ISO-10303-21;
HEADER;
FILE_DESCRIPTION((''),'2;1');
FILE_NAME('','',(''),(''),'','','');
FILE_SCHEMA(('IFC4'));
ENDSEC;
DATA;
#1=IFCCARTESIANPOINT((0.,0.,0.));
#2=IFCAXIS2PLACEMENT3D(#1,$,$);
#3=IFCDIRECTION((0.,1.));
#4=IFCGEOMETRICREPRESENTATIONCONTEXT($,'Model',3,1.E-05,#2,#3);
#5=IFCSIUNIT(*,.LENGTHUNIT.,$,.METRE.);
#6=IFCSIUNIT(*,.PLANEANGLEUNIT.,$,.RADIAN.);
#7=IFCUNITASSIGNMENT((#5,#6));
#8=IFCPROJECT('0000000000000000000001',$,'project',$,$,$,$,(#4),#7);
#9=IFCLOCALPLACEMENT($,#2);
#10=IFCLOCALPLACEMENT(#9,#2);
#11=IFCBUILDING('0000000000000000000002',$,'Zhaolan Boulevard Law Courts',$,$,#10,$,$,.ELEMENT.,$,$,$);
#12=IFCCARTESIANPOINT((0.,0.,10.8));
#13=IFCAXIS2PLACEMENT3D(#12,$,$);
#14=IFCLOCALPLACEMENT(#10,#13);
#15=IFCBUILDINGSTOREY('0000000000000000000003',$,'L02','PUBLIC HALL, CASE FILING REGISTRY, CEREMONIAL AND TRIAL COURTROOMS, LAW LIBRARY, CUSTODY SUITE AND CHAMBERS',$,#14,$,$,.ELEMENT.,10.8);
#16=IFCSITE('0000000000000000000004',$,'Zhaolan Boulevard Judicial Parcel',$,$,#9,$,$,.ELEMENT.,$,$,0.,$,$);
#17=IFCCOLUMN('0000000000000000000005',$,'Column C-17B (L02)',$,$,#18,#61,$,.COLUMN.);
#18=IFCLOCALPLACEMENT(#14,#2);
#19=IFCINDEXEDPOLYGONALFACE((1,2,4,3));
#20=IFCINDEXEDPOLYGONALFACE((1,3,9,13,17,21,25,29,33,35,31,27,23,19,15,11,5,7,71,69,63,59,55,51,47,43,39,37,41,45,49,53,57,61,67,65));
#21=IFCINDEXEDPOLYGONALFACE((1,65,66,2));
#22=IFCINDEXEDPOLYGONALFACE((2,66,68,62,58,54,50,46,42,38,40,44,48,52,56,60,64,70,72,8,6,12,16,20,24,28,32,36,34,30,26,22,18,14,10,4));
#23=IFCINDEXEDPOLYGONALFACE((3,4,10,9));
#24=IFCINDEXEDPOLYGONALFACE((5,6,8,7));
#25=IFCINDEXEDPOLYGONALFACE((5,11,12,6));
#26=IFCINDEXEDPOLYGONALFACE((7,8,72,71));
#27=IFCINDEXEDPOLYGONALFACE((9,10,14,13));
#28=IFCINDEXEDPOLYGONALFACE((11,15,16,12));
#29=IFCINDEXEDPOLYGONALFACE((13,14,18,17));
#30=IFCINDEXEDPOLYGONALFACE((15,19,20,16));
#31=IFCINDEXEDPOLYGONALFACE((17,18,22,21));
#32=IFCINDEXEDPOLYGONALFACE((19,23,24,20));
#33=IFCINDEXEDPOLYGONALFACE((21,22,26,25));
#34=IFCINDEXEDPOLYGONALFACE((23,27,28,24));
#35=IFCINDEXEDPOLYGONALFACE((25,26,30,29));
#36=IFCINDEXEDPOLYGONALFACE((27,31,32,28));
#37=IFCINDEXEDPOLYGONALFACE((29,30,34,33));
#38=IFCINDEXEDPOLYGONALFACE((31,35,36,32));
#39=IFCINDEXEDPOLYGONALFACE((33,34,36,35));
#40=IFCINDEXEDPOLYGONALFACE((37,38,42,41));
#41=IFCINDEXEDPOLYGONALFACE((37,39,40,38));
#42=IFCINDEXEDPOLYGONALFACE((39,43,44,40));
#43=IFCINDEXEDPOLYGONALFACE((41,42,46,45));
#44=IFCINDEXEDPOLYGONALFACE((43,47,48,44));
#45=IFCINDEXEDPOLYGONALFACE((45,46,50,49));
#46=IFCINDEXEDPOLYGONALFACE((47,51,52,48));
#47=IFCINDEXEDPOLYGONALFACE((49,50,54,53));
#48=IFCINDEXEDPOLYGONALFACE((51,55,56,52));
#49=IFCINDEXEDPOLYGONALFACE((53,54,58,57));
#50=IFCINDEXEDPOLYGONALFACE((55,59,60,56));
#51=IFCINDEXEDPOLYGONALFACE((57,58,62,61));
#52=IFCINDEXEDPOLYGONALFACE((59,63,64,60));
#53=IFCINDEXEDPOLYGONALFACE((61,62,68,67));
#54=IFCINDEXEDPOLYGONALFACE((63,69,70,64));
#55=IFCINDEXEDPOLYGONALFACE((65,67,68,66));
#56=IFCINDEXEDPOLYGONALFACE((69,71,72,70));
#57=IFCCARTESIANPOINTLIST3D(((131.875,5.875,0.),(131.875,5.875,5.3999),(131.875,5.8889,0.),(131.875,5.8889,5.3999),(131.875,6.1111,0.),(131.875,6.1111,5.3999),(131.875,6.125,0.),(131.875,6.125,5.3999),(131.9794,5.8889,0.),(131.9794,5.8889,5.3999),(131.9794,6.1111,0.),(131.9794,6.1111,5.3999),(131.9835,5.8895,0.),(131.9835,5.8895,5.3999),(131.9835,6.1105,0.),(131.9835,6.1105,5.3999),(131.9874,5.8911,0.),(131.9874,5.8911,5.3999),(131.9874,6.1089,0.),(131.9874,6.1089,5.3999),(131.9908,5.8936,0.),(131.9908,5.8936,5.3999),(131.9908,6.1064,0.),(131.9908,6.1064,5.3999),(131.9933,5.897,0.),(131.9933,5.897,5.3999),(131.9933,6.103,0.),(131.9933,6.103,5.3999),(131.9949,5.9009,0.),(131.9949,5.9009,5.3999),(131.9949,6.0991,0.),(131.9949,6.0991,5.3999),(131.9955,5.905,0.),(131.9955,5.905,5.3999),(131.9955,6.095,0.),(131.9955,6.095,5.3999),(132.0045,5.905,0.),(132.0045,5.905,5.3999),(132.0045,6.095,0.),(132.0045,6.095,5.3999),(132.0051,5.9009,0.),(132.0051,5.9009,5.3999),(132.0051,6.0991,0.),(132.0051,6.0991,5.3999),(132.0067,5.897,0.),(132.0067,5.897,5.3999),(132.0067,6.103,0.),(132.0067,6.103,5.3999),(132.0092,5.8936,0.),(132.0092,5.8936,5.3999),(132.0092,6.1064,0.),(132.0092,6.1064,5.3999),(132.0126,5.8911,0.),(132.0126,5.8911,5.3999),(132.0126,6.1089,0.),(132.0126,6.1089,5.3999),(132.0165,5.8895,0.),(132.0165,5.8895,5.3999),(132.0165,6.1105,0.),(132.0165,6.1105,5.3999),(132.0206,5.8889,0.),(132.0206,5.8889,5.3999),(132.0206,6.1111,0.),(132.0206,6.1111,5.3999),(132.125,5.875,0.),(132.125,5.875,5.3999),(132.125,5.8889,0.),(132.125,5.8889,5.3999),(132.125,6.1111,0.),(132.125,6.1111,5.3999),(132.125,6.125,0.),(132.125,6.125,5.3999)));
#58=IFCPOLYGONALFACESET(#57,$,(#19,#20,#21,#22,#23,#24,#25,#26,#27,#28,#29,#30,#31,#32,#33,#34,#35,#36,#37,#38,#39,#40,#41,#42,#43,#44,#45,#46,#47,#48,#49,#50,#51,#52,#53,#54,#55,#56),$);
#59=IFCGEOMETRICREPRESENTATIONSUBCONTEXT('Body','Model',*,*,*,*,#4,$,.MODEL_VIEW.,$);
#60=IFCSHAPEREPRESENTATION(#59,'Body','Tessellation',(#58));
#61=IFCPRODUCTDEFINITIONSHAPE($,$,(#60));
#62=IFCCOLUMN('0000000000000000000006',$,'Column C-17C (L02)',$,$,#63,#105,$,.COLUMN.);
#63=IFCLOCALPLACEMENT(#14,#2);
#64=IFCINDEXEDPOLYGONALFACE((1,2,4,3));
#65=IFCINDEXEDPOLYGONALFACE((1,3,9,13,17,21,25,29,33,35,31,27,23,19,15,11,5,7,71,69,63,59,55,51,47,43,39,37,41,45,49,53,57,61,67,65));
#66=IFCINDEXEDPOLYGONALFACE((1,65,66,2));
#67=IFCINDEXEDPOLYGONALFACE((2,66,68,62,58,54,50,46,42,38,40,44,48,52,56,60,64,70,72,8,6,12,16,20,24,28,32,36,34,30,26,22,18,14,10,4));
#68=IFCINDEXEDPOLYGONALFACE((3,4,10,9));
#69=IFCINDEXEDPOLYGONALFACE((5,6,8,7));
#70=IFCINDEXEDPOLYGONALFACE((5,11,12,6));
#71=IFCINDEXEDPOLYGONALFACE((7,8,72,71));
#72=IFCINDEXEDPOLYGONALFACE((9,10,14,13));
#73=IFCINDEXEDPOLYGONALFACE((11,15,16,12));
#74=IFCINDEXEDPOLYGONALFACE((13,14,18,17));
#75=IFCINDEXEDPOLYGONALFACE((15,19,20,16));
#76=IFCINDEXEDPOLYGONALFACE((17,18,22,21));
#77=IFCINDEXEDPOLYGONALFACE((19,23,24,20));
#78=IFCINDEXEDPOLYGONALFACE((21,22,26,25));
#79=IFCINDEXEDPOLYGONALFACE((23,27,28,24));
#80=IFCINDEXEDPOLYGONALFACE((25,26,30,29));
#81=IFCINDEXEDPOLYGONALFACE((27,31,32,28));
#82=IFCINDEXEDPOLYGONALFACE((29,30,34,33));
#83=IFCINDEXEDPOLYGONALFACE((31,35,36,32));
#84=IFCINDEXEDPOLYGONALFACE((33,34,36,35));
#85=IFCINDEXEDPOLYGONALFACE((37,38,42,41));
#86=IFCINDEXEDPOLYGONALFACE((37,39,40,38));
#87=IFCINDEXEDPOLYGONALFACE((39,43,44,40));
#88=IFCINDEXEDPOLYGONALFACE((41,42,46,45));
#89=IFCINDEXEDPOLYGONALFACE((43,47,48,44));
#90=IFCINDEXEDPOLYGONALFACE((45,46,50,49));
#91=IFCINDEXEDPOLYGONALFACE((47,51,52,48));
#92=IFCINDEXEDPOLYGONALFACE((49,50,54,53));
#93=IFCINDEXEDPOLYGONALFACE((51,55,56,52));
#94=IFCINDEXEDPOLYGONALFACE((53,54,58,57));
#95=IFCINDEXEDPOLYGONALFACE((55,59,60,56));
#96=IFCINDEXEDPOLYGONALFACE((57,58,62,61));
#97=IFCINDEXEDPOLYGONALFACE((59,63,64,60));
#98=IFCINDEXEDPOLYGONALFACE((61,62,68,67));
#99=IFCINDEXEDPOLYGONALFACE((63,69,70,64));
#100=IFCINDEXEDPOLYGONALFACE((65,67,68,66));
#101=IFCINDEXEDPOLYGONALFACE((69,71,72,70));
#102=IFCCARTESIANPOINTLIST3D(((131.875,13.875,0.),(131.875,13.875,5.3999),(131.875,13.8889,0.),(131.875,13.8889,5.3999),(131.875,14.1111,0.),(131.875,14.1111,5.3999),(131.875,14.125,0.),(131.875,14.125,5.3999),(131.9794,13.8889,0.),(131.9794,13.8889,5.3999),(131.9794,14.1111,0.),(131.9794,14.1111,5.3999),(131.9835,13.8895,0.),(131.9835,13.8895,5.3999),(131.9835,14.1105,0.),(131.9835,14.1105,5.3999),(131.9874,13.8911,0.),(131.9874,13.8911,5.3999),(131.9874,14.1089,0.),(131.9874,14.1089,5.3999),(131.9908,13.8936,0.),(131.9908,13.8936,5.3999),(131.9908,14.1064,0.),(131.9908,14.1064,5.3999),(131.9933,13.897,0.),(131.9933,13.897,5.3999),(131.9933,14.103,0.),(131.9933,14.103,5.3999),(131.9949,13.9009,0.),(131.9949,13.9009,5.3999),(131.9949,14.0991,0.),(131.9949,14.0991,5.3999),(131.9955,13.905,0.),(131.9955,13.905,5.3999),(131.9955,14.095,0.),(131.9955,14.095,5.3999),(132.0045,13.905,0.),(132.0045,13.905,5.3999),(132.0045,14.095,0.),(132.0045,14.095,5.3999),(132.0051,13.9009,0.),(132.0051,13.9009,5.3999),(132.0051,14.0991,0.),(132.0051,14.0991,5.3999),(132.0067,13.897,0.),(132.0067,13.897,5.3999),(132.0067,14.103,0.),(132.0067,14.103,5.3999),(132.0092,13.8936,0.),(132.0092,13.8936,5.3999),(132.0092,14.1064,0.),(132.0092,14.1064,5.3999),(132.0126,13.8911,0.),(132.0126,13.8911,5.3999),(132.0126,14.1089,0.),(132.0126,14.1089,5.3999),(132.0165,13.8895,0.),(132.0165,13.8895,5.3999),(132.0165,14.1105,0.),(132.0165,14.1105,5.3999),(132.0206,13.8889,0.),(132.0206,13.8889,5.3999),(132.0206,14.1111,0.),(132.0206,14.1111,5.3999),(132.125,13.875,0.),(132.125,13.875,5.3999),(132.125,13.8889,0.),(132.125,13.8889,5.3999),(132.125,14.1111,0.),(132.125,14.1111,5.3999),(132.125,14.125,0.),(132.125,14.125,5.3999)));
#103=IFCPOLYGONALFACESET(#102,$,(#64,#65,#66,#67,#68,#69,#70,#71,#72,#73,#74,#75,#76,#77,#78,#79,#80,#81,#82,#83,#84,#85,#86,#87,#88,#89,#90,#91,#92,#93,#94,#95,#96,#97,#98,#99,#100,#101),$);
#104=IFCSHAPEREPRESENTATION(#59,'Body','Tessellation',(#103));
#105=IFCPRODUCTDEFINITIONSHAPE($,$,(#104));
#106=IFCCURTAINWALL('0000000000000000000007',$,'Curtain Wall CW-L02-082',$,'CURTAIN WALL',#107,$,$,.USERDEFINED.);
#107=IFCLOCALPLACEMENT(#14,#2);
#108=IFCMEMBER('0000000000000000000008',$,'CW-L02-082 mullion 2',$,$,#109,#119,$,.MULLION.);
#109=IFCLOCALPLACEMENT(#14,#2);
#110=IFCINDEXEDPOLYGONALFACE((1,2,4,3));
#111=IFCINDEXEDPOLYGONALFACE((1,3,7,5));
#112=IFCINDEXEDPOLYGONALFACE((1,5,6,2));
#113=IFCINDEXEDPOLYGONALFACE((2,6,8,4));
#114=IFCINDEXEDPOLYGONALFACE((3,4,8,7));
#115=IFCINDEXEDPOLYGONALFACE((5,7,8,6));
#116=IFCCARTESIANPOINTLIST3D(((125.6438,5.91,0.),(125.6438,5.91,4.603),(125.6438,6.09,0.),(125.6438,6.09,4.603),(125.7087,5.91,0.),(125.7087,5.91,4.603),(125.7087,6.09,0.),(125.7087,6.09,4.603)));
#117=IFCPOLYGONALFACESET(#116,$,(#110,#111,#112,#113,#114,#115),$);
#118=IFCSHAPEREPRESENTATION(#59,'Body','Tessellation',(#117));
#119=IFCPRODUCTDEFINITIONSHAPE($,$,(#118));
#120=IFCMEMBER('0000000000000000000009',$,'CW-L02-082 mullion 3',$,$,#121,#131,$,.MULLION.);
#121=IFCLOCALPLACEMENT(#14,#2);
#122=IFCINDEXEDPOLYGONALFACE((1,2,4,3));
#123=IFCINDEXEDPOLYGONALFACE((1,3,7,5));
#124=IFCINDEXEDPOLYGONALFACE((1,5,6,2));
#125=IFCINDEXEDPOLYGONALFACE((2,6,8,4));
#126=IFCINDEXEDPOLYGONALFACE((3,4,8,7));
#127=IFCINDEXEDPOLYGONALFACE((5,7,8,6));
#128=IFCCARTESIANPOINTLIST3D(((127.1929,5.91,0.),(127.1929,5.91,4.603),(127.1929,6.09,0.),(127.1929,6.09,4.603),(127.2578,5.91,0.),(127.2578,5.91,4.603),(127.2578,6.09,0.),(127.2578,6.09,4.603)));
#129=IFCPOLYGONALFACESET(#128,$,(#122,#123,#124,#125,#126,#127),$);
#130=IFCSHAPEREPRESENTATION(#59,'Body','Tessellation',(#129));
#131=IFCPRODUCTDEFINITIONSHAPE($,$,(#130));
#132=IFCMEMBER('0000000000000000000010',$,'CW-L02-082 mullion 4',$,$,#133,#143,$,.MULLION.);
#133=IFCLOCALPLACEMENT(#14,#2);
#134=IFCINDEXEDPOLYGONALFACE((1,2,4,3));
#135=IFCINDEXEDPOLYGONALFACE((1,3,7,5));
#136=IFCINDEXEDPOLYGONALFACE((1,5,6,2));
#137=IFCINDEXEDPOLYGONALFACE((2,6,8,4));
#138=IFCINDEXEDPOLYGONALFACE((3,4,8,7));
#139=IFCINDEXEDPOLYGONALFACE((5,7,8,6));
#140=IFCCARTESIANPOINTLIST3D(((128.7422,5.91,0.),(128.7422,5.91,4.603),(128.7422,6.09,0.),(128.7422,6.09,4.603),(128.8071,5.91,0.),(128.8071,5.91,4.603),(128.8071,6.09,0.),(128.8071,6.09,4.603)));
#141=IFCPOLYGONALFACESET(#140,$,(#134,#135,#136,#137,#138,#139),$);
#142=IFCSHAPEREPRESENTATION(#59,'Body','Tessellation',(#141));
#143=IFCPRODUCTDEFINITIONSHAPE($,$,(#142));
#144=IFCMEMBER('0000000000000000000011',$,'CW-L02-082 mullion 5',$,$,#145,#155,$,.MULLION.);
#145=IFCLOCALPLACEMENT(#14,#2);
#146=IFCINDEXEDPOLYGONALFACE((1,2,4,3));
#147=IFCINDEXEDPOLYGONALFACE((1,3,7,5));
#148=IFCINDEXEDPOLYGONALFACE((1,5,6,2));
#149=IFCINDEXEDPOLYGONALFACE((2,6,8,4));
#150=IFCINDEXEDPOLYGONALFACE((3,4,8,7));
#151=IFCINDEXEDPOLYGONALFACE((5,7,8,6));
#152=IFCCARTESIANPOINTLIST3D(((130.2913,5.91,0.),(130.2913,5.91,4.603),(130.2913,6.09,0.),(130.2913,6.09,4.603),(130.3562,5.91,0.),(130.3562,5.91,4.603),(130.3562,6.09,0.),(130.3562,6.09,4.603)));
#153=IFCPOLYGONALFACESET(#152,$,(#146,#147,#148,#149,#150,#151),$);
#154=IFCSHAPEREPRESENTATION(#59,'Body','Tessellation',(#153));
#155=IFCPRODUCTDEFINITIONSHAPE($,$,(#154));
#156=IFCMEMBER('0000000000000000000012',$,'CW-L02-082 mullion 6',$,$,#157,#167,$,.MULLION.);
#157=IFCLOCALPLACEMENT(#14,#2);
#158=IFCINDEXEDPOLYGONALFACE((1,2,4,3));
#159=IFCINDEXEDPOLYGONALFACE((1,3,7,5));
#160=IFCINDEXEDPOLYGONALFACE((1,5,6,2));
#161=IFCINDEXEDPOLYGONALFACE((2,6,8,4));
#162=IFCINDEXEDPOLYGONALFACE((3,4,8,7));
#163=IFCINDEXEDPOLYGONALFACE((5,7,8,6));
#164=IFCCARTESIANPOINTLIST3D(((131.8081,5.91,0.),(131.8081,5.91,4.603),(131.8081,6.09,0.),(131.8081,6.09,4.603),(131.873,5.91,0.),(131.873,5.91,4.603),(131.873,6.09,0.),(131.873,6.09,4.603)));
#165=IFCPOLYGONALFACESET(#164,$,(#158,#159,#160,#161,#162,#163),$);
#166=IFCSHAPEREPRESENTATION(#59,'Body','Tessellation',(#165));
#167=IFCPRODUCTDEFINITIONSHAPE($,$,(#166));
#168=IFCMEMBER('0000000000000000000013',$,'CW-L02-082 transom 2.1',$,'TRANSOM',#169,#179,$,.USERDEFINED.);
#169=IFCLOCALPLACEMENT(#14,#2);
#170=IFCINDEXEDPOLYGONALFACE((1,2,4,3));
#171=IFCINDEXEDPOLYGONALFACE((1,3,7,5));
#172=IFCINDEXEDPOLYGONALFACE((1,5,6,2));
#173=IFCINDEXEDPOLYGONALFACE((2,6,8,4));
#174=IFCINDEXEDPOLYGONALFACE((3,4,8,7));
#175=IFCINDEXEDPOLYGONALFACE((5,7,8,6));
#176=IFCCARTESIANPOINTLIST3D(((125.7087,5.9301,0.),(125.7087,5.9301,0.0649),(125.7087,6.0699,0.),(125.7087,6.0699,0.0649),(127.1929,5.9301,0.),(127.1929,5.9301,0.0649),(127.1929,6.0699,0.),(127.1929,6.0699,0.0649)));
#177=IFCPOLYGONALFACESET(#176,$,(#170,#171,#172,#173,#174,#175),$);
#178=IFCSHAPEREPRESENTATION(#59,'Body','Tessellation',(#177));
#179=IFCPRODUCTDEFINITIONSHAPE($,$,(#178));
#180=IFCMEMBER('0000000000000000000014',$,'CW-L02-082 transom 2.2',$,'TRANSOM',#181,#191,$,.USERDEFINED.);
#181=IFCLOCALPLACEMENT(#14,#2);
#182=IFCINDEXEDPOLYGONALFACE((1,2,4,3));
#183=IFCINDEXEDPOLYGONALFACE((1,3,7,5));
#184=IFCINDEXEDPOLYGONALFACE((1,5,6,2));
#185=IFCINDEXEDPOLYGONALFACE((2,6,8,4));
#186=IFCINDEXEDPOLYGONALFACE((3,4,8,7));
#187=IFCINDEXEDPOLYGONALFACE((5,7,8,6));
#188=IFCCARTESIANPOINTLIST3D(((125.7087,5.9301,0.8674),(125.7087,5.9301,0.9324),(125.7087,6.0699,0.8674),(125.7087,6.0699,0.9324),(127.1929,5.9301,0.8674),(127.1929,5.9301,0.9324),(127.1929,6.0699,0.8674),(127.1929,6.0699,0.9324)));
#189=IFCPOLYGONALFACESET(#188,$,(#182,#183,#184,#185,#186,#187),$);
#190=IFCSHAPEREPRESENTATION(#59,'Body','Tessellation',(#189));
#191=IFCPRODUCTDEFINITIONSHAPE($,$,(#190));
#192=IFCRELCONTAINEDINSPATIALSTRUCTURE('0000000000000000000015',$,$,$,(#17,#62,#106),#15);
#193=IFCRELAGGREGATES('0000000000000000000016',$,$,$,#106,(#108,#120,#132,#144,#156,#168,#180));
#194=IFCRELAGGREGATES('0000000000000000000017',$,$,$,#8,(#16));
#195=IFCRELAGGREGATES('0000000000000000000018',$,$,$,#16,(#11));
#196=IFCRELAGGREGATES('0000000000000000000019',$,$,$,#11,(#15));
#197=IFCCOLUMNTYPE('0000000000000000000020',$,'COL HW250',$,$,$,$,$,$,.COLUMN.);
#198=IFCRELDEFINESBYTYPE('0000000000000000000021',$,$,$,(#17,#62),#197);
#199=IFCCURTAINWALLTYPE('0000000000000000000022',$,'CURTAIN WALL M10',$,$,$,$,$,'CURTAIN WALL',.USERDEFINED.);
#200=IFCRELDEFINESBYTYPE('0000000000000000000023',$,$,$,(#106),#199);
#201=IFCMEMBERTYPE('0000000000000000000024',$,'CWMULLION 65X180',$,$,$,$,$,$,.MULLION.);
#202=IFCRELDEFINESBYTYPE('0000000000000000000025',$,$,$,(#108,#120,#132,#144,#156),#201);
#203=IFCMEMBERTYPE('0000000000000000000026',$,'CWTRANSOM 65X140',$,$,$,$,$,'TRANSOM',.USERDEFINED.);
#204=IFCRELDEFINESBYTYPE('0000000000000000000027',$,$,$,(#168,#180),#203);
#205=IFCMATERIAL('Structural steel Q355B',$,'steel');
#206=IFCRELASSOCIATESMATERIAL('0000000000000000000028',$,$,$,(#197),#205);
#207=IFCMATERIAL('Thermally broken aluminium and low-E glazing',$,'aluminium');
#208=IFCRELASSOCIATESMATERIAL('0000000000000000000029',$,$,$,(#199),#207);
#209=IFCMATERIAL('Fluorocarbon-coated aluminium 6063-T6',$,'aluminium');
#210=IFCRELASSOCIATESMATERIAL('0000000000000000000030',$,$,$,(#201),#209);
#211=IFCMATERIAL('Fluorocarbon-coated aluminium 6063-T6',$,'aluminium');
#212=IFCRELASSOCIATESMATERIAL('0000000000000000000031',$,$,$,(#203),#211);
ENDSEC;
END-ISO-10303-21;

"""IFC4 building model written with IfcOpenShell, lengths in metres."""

from ifc_helpers import new_model, si_unit, direction, frame, origin, origin_2d, place, context, subcontext, project, spatial, rectangle, i_section, extrude, material, material_profile, profile_set, type_object, element, aggregate, save


model = new_model("IFC4")

# Units and contexts
model_context = context("Model", 3, precision=1e-05, world=origin(), true_north=direction((0.0, 1.0)))
body_context = subcontext(model_context, "Body", "Model", "MODEL_VIEW")
ifc_project = project(units=[si_unit("LENGTHUNIT", "METRE"), si_unit("PLANEANGLEUNIT", "RADIAN")], contexts=[model_context])

# Site, building, storey
site_placement = place(None, origin())
site = spatial("IfcSite", under=ifc_project, at=site_placement, Name="Zhaolan Boulevard Judicial Parcel", CompositionType="ELEMENT", RefElevation=0.0)
building_placement = place(site_placement, origin())
building = spatial("IfcBuilding", under=site, at=building_placement, Name="Zhaolan Boulevard Law Courts", CompositionType="ELEMENT")
storey_placement = place(building_placement, frame((0.0, 0.0, 10.8)))
storey = spatial("IfcBuildingStorey", under=building, at=storey_placement, Name="L02", Description="PUBLIC HALL, CASE FILING REGISTRY, CEREMONIAL AND TRIAL COURTROOMS, LAW LIBRARY, CUSTODY SUITE AND CHAMBERS", CompositionType="ELEMENT", Elevation=10.8)

# Columns
ifc_material_1 = material(Name="Structural steel Q355B", Category="steel")
ifc_material_profile_1 = material_profile(ifc_material_1, i_section(OverallWidth=0.25, OverallDepth=0.25, WebThickness=0.009, FlangeThickness=0.0139, FilletRadius=0.0161, at=origin_2d()), Name="HW250x250")
ifc_profile_set_1 = profile_set([ifc_material_profile_1], Name="Structural steel Q355B")
column_type = type_object("IfcColumnType", Name="COL HW250", PredefinedType="COLUMN", material=ifc_profile_set_1)
for number, where, z_axis, x_axis, name in (
    (1, (132.0, 6.0, 0.0), (0.0, 0.0, 1.0), (1.0, 0.0, 0.0), "Column C-17B (L02)"),
    (2, (132.0, 14.0, 0.0), (0.0, 0.0, 1.0), (1.0, 0.0, 0.0), "Column C-17C (L02)"),
):
    element("IfcColumn", number, at=place(storey_placement, frame(where, z_axis=z_axis, x_axis=x_axis)), inside=storey, type_object=column_type, Name=name, PredefinedType="COLUMN", context=body_context, shape_type="SweptSolid", body=[
        extrude(i_section(OverallWidth=0.25, OverallDepth=0.25, WebThickness=0.009, FlangeThickness=0.0139, FilletRadius=0.0161, at=origin_2d()), origin(), (0.0, 0.0, 1.0), 5.3999),
    ])

# Curtain wall, members
ifc_material_2 = material(Name="Thermally broken aluminium and low-E glazing", Category="aluminium")
curtain_wall_type = type_object("IfcCurtainWallType", Name="CURTAIN WALL M10", ElementType="CURTAIN WALL", PredefinedType="USERDEFINED", material=ifc_material_2)
curtain_wall_placement = place(storey_placement, origin())
curtain_wall = element("IfcCurtainWall", 3, at=curtain_wall_placement, inside=storey, type_object=curtain_wall_type, Name="Curtain Wall CW-L02-082", ObjectType="CURTAIN WALL", PredefinedType="USERDEFINED")
ifc_material_3 = material(Name="Fluorocarbon-coated aluminium 6063-T6", Category="aluminium")
ifc_material_profile_2 = material_profile(ifc_material_3, rectangle(XDim=0.1799, YDim=0.0649, at=origin_2d()), Name="AL65x180")
ifc_profile_set_2 = profile_set([ifc_material_profile_2], Name="Fluorocarbon-coated aluminium 6063-T6")
member_type_1 = type_object("IfcMemberType", Name="CWMULLION 65X180", PredefinedType="MULLION", material=ifc_profile_set_2)
member_1_placement = place(storey_placement, frame((125.6763, 6.0, 0.0), z_axis=(0.0, 0.0, 1.0), x_axis=(0.0, 1.0, 0.0)))
member_1 = element("IfcMember", 4, at=member_1_placement, type_object=member_type_1, Name="CW-L02-082 mullion 2", PredefinedType="MULLION", context=body_context, shape_type="SweptSolid", body=[
    extrude(rectangle(XDim=0.1799, YDim=0.0649, at=origin_2d()), origin(), (0.0, 0.0, 1.0), 4.603),
])
member_2_placement = place(storey_placement, frame((127.2253, 6.0, 0.0), z_axis=(0.0, 0.0, 1.0), x_axis=(0.0, 1.0, 0.0)))
member_2 = element("IfcMember", 5, at=member_2_placement, type_object=member_type_1, Name="CW-L02-082 mullion 3", PredefinedType="MULLION", context=body_context, shape_type="SweptSolid", body=[
    extrude(rectangle(XDim=0.1799, YDim=0.0649, at=origin_2d()), origin(), (0.0, 0.0, 1.0), 4.603),
])
member_3_placement = place(storey_placement, frame((128.7747, 6.0, 0.0), z_axis=(0.0, 0.0, 1.0), x_axis=(0.0, 1.0, 0.0)))
member_3 = element("IfcMember", 6, at=member_3_placement, type_object=member_type_1, Name="CW-L02-082 mullion 4", PredefinedType="MULLION", context=body_context, shape_type="SweptSolid", body=[
    extrude(rectangle(XDim=0.1799, YDim=0.0649, at=origin_2d()), origin(), (0.0, 0.0, 1.0), 4.603),
])
member_4_placement = place(storey_placement, frame((130.3237, 6.0, 0.0), z_axis=(0.0, 0.0, 1.0), x_axis=(0.0, 1.0, 0.0)))
member_4 = element("IfcMember", 7, at=member_4_placement, type_object=member_type_1, Name="CW-L02-082 mullion 5", PredefinedType="MULLION", context=body_context, shape_type="SweptSolid", body=[
    extrude(rectangle(XDim=0.1799, YDim=0.0649, at=origin_2d()), origin(), (0.0, 0.0, 1.0), 4.603),
])
member_5_placement = place(storey_placement, frame((131.8406, 6.0, 0.0), z_axis=(0.0, 0.0, 1.0), x_axis=(0.0, 1.0, 0.0)))
member_5 = element("IfcMember", 8, at=member_5_placement, type_object=member_type_1, Name="CW-L02-082 mullion 6", PredefinedType="MULLION", context=body_context, shape_type="SweptSolid", body=[
    extrude(rectangle(XDim=0.1799, YDim=0.0649, at=origin_2d()), origin(), (0.0, 0.0, 1.0), 4.603),
])
ifc_material_4 = material(Name="Fluorocarbon-coated aluminium 6063-T6", Category="aluminium")
ifc_material_profile_3 = material_profile(ifc_material_4, rectangle(XDim=0.1399, YDim=0.0649, at=origin_2d()), Name="AL65x140")
ifc_profile_set_3 = profile_set([ifc_material_profile_3], Name="Fluorocarbon-coated aluminium 6063-T6")
member_type_2 = type_object("IfcMemberType", Name="CWTRANSOM 65X140", ElementType="TRANSOM", PredefinedType="USERDEFINED", material=ifc_profile_set_3)
member_6_placement = place(storey_placement, frame((125.7087, 6.0, 0.0325), z_axis=(1.0, 0.0, 0.0), x_axis=(0.0, 1.0, 0.0)))
member_6 = element("IfcMember", 9, at=member_6_placement, type_object=member_type_2, Name="CW-L02-082 transom 2.1", ObjectType="TRANSOM", PredefinedType="USERDEFINED", context=body_context, shape_type="SweptSolid", body=[
    extrude(rectangle(XDim=0.1399, YDim=0.0649, at=origin_2d()), origin(), (0.0, 0.0, 1.0), 1.4841),
])
member_7_placement = place(storey_placement, frame((125.7087, 6.0, 0.8999), z_axis=(1.0, 0.0, 0.0), x_axis=(0.0, 1.0, 0.0)))
member_7 = element("IfcMember", 10, at=member_7_placement, type_object=member_type_2, Name="CW-L02-082 transom 2.2", ObjectType="TRANSOM", PredefinedType="USERDEFINED", context=body_context, shape_type="SweptSolid", body=[
    extrude(rectangle(XDim=0.1399, YDim=0.0649, at=origin_2d()), origin(), (0.0, 0.0, 1.0), 1.4841),
])
aggregate(curtain_wall, [member_1, member_2, member_3, member_4, member_5, member_6, member_7])

save(model, "model.ifc")
